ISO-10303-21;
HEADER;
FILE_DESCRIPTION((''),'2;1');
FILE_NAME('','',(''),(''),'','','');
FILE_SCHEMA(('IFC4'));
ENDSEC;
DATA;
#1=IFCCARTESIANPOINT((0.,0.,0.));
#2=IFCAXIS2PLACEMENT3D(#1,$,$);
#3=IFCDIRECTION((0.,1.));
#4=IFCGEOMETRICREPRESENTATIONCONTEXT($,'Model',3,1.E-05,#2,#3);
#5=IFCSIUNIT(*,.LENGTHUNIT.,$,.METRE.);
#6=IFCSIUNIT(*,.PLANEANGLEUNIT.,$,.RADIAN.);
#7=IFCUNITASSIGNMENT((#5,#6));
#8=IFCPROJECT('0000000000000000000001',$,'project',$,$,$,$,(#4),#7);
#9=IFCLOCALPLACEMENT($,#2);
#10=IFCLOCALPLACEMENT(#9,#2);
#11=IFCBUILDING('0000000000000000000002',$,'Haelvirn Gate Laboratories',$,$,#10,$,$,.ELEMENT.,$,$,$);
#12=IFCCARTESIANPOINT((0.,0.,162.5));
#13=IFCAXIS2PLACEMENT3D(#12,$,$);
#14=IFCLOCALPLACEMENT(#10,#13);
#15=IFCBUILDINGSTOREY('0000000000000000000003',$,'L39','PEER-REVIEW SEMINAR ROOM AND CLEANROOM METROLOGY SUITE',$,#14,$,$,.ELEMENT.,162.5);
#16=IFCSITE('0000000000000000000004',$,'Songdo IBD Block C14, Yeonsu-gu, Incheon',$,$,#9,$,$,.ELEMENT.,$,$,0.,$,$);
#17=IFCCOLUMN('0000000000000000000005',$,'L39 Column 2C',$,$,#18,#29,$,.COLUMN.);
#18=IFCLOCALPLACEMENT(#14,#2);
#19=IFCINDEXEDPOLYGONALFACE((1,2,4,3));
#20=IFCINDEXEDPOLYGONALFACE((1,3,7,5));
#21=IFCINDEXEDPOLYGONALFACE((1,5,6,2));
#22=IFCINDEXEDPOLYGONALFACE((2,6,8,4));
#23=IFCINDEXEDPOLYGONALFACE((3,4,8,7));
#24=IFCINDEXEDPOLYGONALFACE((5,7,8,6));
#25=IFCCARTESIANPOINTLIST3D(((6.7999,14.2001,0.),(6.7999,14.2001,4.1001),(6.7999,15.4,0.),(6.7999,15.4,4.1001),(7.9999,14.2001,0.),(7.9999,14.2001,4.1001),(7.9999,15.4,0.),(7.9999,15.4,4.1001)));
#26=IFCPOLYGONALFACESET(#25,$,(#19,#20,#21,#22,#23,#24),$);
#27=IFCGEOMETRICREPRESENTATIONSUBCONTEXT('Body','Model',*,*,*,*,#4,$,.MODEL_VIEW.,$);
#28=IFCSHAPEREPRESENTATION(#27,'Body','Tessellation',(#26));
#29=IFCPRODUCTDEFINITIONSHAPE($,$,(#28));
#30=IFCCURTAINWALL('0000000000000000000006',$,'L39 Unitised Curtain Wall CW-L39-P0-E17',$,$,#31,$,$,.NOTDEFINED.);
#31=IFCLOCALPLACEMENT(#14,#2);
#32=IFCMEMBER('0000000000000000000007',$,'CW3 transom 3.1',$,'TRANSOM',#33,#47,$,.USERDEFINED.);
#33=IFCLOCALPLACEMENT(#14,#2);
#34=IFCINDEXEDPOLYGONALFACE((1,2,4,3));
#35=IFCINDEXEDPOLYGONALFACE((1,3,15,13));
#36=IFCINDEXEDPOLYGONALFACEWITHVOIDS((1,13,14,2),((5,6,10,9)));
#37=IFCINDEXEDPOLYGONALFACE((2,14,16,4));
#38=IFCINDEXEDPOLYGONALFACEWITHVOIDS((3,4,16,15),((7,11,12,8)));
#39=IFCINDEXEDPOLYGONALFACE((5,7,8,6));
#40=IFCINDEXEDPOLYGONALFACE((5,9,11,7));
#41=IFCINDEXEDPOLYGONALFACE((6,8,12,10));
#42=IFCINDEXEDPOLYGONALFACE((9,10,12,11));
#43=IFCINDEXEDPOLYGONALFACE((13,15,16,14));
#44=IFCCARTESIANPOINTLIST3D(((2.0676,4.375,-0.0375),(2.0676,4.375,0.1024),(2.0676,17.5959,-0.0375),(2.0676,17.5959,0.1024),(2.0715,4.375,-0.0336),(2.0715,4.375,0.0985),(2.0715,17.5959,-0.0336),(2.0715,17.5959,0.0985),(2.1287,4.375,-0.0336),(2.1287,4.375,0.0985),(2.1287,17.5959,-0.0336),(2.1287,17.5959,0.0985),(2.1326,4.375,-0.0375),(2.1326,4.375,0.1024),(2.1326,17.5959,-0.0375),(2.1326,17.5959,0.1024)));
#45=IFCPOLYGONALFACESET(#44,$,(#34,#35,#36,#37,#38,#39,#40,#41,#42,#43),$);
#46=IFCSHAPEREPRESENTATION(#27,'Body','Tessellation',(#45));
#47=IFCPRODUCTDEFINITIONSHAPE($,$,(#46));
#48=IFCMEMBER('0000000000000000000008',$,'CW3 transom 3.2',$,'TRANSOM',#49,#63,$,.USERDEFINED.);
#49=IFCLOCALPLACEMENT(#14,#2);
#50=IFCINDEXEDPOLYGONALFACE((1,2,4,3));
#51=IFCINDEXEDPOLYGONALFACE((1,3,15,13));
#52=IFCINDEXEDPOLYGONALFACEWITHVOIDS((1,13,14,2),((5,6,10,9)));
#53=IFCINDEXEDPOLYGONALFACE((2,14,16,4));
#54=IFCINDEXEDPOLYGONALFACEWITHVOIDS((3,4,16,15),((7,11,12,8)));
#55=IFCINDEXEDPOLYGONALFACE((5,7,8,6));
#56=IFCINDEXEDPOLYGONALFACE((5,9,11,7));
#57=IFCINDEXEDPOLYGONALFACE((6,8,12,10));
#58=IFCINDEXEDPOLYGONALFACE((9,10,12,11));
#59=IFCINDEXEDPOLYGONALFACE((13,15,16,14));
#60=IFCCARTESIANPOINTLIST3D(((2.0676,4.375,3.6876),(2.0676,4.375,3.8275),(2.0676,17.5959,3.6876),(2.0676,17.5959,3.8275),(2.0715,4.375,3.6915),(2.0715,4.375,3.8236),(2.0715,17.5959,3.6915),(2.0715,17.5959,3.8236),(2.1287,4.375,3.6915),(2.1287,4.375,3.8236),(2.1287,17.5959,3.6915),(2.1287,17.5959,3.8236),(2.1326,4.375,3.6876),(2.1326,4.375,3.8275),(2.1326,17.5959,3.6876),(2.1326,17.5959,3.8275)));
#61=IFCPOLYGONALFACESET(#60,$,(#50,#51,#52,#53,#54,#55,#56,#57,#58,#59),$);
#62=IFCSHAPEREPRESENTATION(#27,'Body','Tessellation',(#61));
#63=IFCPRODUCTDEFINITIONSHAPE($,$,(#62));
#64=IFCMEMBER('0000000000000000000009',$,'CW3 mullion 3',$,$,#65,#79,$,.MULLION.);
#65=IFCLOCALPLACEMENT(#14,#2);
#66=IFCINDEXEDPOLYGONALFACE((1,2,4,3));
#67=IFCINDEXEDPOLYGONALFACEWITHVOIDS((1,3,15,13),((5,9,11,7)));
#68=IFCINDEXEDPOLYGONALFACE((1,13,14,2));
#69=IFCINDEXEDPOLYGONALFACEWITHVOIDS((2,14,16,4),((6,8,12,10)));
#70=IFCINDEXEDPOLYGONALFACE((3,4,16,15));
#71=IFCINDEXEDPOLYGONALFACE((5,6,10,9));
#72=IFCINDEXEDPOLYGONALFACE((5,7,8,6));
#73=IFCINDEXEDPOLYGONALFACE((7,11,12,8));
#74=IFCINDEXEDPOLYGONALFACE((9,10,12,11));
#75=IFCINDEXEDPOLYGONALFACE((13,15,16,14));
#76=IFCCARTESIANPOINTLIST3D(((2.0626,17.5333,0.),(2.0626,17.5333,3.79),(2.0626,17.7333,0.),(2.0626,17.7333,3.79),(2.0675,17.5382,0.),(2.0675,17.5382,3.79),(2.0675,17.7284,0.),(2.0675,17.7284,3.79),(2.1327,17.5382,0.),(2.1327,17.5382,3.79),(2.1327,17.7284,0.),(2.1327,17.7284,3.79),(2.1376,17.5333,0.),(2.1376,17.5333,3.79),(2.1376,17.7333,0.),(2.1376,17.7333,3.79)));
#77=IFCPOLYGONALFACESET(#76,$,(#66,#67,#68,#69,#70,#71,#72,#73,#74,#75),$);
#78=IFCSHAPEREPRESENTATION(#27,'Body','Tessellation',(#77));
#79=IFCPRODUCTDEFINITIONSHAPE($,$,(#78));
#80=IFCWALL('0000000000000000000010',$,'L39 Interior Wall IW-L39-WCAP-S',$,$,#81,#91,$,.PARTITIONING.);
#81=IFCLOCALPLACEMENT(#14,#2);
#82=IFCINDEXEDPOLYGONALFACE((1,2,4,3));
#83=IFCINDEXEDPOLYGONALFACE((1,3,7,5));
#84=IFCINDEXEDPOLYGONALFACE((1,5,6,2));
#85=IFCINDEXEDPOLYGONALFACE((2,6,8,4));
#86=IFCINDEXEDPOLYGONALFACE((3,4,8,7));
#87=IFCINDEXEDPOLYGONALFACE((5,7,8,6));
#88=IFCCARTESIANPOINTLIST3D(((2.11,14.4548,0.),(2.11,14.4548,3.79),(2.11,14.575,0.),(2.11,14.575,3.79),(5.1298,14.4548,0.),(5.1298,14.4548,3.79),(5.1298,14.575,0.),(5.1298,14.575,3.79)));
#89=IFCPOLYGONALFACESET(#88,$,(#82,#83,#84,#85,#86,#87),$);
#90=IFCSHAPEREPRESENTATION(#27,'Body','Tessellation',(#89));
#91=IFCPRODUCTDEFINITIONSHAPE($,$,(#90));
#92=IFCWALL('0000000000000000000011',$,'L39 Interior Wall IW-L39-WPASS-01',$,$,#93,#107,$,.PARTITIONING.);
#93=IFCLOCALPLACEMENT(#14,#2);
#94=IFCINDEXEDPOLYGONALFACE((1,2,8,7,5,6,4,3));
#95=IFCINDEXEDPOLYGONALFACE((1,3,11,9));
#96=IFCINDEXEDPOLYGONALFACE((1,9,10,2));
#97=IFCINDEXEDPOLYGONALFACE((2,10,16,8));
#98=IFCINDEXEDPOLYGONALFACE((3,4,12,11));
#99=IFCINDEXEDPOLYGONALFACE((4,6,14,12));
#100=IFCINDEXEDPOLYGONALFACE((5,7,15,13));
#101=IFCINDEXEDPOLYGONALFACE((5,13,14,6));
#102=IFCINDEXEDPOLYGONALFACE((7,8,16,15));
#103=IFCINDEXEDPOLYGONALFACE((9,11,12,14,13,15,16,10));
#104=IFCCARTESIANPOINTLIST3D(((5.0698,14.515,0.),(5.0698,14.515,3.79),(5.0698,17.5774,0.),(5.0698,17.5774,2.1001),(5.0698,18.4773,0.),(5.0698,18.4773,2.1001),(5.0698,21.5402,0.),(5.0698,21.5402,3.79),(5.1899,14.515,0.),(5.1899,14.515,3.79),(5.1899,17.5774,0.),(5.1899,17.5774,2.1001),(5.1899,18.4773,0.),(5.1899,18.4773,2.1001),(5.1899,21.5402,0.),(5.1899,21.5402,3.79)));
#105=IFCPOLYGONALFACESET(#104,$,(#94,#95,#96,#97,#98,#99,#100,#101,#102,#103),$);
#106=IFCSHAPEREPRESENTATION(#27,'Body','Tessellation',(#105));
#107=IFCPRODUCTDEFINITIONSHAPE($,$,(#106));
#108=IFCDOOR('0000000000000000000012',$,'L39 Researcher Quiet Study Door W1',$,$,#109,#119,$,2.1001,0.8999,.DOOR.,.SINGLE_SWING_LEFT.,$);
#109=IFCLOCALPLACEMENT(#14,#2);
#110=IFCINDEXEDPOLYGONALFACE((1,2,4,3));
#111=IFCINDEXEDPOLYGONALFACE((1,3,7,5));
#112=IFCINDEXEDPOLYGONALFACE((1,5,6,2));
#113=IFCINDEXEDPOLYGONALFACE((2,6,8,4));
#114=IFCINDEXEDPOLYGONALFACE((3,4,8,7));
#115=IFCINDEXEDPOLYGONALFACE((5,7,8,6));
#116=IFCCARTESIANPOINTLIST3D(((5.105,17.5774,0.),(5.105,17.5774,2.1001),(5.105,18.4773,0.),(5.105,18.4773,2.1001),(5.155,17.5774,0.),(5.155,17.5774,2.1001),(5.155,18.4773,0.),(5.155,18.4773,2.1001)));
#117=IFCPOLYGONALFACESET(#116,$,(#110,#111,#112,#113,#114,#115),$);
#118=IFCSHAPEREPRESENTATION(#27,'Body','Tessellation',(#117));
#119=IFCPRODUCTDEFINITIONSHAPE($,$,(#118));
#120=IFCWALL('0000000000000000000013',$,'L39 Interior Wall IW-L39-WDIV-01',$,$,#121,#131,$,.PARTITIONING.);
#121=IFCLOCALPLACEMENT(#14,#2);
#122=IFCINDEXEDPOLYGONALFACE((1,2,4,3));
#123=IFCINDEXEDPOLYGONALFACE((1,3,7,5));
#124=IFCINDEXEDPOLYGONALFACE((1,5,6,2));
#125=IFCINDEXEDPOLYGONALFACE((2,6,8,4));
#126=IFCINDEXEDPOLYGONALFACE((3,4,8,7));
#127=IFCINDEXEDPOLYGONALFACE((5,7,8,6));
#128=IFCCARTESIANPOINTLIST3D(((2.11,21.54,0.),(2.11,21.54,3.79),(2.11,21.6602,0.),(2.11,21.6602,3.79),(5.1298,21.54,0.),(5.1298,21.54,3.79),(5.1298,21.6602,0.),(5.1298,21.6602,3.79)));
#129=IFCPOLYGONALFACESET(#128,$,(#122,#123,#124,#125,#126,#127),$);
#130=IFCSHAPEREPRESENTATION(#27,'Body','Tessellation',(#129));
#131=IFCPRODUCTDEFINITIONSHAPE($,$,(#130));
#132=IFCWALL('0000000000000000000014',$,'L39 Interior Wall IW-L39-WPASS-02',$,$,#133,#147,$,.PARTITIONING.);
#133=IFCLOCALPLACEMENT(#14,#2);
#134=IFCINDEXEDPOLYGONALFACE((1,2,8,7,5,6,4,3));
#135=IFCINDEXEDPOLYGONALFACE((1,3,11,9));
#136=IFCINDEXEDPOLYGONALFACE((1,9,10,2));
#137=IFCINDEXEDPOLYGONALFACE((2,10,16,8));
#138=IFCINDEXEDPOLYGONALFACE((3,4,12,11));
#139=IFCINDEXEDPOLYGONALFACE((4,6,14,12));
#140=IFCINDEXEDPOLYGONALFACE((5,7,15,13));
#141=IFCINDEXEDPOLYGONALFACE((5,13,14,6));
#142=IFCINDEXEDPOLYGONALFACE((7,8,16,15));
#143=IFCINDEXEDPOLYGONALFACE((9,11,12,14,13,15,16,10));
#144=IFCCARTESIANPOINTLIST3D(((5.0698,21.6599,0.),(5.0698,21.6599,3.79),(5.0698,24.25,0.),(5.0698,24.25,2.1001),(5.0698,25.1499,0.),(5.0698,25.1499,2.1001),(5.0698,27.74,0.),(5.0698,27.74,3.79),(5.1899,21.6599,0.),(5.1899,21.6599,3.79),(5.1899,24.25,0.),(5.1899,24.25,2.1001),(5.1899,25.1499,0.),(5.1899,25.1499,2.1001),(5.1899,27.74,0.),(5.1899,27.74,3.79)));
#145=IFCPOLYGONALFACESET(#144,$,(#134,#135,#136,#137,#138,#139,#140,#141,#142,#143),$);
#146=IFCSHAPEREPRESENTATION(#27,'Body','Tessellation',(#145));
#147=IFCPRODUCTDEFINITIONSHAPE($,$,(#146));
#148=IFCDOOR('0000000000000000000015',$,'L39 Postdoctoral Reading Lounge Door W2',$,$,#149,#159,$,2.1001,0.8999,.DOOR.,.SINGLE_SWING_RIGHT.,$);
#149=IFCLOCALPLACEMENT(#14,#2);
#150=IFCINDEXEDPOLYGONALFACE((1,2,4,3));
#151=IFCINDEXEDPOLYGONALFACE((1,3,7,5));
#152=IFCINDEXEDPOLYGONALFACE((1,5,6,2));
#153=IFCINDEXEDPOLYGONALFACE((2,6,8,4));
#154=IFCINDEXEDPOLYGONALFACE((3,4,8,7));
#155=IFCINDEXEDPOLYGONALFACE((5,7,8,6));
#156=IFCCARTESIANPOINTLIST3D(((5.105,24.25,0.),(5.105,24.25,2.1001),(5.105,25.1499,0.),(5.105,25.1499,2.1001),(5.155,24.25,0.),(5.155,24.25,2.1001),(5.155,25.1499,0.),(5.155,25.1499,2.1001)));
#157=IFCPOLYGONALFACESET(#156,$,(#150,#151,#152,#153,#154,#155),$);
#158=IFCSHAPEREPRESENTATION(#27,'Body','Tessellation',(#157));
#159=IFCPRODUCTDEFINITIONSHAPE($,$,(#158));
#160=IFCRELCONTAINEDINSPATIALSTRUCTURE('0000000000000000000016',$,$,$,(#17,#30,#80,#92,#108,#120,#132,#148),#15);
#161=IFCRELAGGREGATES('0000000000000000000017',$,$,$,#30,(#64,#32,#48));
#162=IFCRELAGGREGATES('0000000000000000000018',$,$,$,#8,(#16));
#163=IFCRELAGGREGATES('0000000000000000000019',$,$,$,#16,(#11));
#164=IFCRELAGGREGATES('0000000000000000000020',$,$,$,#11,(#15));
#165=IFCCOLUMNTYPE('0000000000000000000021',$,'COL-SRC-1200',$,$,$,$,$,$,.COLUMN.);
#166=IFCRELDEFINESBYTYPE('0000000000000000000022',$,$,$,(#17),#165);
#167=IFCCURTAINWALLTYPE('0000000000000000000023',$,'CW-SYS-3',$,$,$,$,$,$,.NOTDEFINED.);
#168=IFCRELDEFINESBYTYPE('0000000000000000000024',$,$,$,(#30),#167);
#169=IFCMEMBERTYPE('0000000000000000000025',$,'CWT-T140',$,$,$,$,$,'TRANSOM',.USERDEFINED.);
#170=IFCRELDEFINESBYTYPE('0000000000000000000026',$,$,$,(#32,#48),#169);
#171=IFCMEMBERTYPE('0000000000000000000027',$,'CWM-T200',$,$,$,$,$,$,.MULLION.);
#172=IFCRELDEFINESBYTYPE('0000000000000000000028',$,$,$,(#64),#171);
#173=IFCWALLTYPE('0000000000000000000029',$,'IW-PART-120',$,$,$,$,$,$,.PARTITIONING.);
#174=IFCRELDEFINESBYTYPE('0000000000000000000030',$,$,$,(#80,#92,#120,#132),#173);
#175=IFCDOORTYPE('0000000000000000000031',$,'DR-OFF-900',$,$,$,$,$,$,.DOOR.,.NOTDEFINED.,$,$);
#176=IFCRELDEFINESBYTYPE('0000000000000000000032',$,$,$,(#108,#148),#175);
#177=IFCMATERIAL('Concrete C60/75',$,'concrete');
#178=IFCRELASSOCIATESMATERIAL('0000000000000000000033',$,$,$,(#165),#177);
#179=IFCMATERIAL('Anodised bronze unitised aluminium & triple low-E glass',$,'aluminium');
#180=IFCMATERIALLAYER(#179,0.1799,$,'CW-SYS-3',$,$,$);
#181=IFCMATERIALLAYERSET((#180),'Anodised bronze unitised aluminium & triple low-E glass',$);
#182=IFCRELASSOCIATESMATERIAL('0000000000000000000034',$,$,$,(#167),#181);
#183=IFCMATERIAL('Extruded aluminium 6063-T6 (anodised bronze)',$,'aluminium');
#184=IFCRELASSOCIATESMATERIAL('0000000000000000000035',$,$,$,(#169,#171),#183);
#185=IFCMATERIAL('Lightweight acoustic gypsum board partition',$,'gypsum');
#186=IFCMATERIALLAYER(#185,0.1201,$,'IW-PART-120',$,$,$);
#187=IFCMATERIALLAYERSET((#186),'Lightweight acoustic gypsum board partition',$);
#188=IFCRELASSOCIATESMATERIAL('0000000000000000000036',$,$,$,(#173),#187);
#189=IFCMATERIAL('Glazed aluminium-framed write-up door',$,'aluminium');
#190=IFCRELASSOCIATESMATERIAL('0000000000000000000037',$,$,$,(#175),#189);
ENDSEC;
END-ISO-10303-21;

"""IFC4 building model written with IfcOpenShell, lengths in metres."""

from ifc_helpers import new_model, si_unit, direction, frame, frame_2d, origin, origin_2d, place, context, subcontext, project, spatial, rectangle, hollow_rectangle, extrude, source, transform, mapped, material, layer, layer_set, material_profile, profile_set, type_object, type_shapes, element, fill, aggregate, save


model = new_model("IFC4")

# Units and contexts
model_context = context("Model", 3, precision=1e-05, world=origin(), true_north=direction((0.0, 1.0)))
body_context = subcontext(model_context, "Body", "Model", "MODEL_VIEW")
ifc_project = project(units=[si_unit("LENGTHUNIT", "METRE"), si_unit("PLANEANGLEUNIT", "RADIAN")], contexts=[model_context])

# Site, building, storey
site_placement = place(None, origin())
site = spatial("IfcSite", under=ifc_project, at=site_placement, Name="Songdo IBD Block C14, Yeonsu-gu, Incheon", CompositionType="ELEMENT", RefElevation=0.0)
building_placement = place(site_placement, origin())
building = spatial("IfcBuilding", under=site, at=building_placement, Name="Haelvirn Gate Laboratories", CompositionType="ELEMENT")
storey_placement = place(building_placement, frame((0.0, 0.0, 162.5)))
storey = spatial("IfcBuildingStorey", under=building, at=storey_placement, Name="L39", Description="PEER-REVIEW SEMINAR ROOM AND CLEANROOM METROLOGY SUITE", CompositionType="ELEMENT", Elevation=162.5)

# Column
ifc_material_1 = material(Name="Concrete C60/75", Category="concrete")
ifc_material_profile_1 = material_profile(ifc_material_1, rectangle(XDim=1.2, YDim=1.2, at=origin_2d()), Name="SRC-1200x1200")
ifc_profile_set_1 = profile_set([ifc_material_profile_1], Name="Concrete C60/75")
column_type = type_object("IfcColumnType", Name="COL-SRC-1200", PredefinedType="COLUMN", material=ifc_profile_set_1)
shared_shape_1 = source(origin(), body_context, "Body", "SweptSolid", [
    extrude(rectangle(XDim=1.2, YDim=1.2, at=origin_2d()), origin(), (0.0, 0.0, 1.0), 4.1001),
])
type_shapes(column_type, [shared_shape_1])
column_placement = place(storey_placement, frame((7.3999, 14.8, 0.0), z_axis=(0.0, 0.0, 1.0), x_axis=(1.0, 0.0, 0.0)))
element("IfcColumn", 1, at=column_placement, inside=storey, type_object=column_type, Name="L39 Column 2C", PredefinedType="COLUMN", context=body_context, shape_type="MappedRepresentation", body=[
    mapped(shared_shape_1, transform((0.0, 0.0, 0.0), scale=1.0)),
])

# Curtain wall, members
ifc_material_2 = material(Name="Anodised bronze unitised aluminium & triple low-E glass", Category="aluminium")
ifc_layer_1 = layer(ifc_material_2, 0.1799, Name="CW-SYS-3")
ifc_layer_set_1 = layer_set([ifc_layer_1], Name="Anodised bronze unitised aluminium & triple low-E glass")
curtain_wall_type = type_object("IfcCurtainWallType", Name="CW-SYS-3", PredefinedType="NOTDEFINED", material=ifc_layer_set_1)
curtain_wall_placement = place(storey_placement, origin())
curtain_wall = element("IfcCurtainWall", 2, at=curtain_wall_placement, inside=storey, type_object=curtain_wall_type, Name="L39 Unitised Curtain Wall CW-L39-P0-E17", PredefinedType="NOTDEFINED")
ifc_material_3 = material(Name="Extruded aluminium 6063-T6 (anodised bronze)", Category="aluminium")
ifc_material_profile_2 = material_profile(ifc_material_3, hollow_rectangle(XDim=0.0649, YDim=0.1399, WallThickness=0.0039, at=origin_2d()), Name="CWT-140x65x4")
ifc_profile_set_2 = profile_set([ifc_material_profile_2], Name="Extruded aluminium 6063-T6 (anodised bronze)")
member_type_1 = type_object("IfcMemberType", Name="CWT-T140", ElementType="TRANSOM", PredefinedType="USERDEFINED", material=ifc_profile_set_2)
shared_shape_2 = source(origin(), body_context, "Body", "SweptSolid", [
    extrude(hollow_rectangle(XDim=0.0649, YDim=0.1399, WallThickness=0.0039, at=origin_2d()), origin(), (0.0, 0.0, 1.0), 13.2209),
])
type_shapes(member_type_1, [shared_shape_2])
member_1_placement = place(storey_placement, frame((2.1001, 17.5959, 0.0325), z_axis=(0.0, -1.0, 0.0), x_axis=(1.0, 0.0, 0.0)))
member_1 = element("IfcMember", 3, at=member_1_placement, type_object=member_type_1, Name="CW3 transom 3.1", ObjectType="TRANSOM", PredefinedType="USERDEFINED", context=body_context, shape_type="MappedRepresentation", body=[
    mapped(shared_shape_2, transform((0.0, 0.0, 0.0), scale=1.0)),
])
member_2_placement = place(storey_placement, frame((2.1001, 17.5959, 3.7576), z_axis=(0.0, -1.0, 0.0), x_axis=(1.0, 0.0, 0.0)))
member_2 = element("IfcMember", 4, at=member_2_placement, type_object=member_type_1, Name="CW3 transom 3.2", ObjectType="TRANSOM", PredefinedType="USERDEFINED", context=body_context, shape_type="MappedRepresentation", body=[
    mapped(shared_shape_2, transform((0.0, 0.0, 0.0), scale=1.0)),
])
ifc_material_profile_3 = material_profile(ifc_material_3, hollow_rectangle(XDim=0.075, YDim=0.2, WallThickness=0.0049, at=origin_2d()), Name="CWM-200x75x5")
ifc_profile_set_3 = profile_set([ifc_material_profile_3], Name="Extruded aluminium 6063-T6 (anodised bronze)")
member_type_2 = type_object("IfcMemberType", Name="CWM-T200", PredefinedType="MULLION", material=ifc_profile_set_3)
shared_shape_3 = source(origin(), body_context, "Body", "SweptSolid", [
    extrude(hollow_rectangle(XDim=0.075, YDim=0.2, WallThickness=0.0049, at=origin_2d()), origin(), (0.0, 0.0, 1.0), 3.79),
])
type_shapes(member_type_2, [shared_shape_3])
member_3_placement = place(storey_placement, frame((2.1001, 17.6333, 0.0), z_axis=(0.0, 0.0, 1.0), x_axis=(1.0, 0.0, 0.0)))
member_3 = element("IfcMember", 5, at=member_3_placement, type_object=member_type_2, Name="CW3 mullion 3", PredefinedType="MULLION", context=body_context, shape_type="MappedRepresentation", body=[
    mapped(shared_shape_3, transform((0.0, 0.0, 0.0), scale=1.0)),
])
aggregate(curtain_wall, [member_3, member_1, member_2])

# Wall
ifc_material_4 = material(Name="Lightweight acoustic gypsum board partition", Category="gypsum")
ifc_layer_2 = layer(ifc_material_4, 0.1201, Name="IW-PART-120")
ifc_layer_set_2 = layer_set([ifc_layer_2], Name="Lightweight acoustic gypsum board partition")
wall_type_1 = type_object("IfcWallType", Name="IW-PART-120", PredefinedType="PARTITIONING", material=ifc_layer_set_2)
wall_1_placement = place(storey_placement, frame((2.1101, 14.5149, 0.0), z_axis=(0.0, 0.0, 1.0), x_axis=(1.0, 0.0, 0.0)))
element("IfcWall", 6, at=wall_1_placement, inside=storey, type_object=wall_type_1, Name="L39 Interior Wall IW-L39-WCAP-S", PredefinedType="PARTITIONING", context=body_context, shape_type="SweptSolid", body=[
    extrude(rectangle(XDim=3.0198, YDim=0.1201, at=frame_2d((1.5098, 0.0))), origin(), (0.0, 0.0, 1.0), 3.79),
])

# Wall, opening, door
wall_2_placement = place(storey_placement, frame((5.1299, 14.5149, 0.0), z_axis=(0.0, 0.0, 1.0), x_axis=(0.0, 1.0, 0.0)))
wall_2 = element("IfcWall", 7, at=wall_2_placement, inside=storey, type_object=wall_type_1, Name="L39 Interior Wall IW-L39-WPASS-01", PredefinedType="PARTITIONING", context=body_context, shape_type="SweptSolid", body=[
    extrude(rectangle(XDim=7.0251, YDim=0.1201, at=frame_2d((3.5127, 0.0))), origin(), (0.0, 0.0, 1.0), 3.79),
])
opening_1_placement = place(wall_2_placement, frame((3.0625, 0.0, 0.0)))
opening_1 = element("IfcOpeningElement", 8, at=opening_1_placement, cuts=wall_2, PredefinedType="OPENING", context=body_context, shape_type="SweptSolid", body=[
    extrude(rectangle(XDim=0.8999, YDim=2.1001, at=frame_2d((0.45, 1.05))), frame((0.0, 0.0701, 0.0), z_axis=(0.0, -1.0, 0.0), x_axis=(1.0, 0.0, 0.0)), (0.0, 0.0, 1.0), 0.1401),
])
ifc_material_5 = material(Name="Glazed aluminium-framed write-up door", Category="aluminium")
door_type_1 = type_object("IfcDoorType", Name="DR-OFF-900", OperationType="NOTDEFINED", PredefinedType="DOOR", material=ifc_material_5)
shared_shape_4 = source(origin(), body_context, "Body", "SweptSolid", [
    extrude(rectangle(XDim=0.8999, YDim=2.1001, at=frame_2d((0.45, 1.05))), frame((0.0, 0.0249, 0.0), z_axis=(0.0, -1.0, 0.0), x_axis=(1.0, 0.0, 0.0)), (0.0, 0.0, 1.0), 0.05),
])
type_shapes(door_type_1, [shared_shape_4])
door_1_placement = place(opening_1_placement, origin())
door_1 = element("IfcDoor", 9, at=door_1_placement, inside=storey, type_object=door_type_1, Name="L39 Researcher Quiet Study Door W1", OperationType="SINGLE_SWING_LEFT", OverallHeight=2.1001, OverallWidth=0.8999, PredefinedType="DOOR", context=body_context, shape_type="MappedRepresentation", body=[
    mapped(shared_shape_4, transform((0.0, 0.0, 0.0), scale=1.0)),
])
fill(opening_1, door_1)

# Wall
wall_3_placement = place(storey_placement, frame((2.1101, 21.6001, 0.0), z_axis=(0.0, 0.0, 1.0), x_axis=(1.0, 0.0, 0.0)))
element("IfcWall", 10, at=wall_3_placement, inside=storey, type_object=wall_type_1, Name="L39 Interior Wall IW-L39-WDIV-01", PredefinedType="PARTITIONING", context=body_context, shape_type="SweptSolid", body=[
    extrude(rectangle(XDim=3.0198, YDim=0.1201, at=frame_2d((1.5098, 0.0))), origin(), (0.0, 0.0, 1.0), 3.79),
])

# Wall, opening, door
wall_4_placement = place(storey_placement, frame((5.1299, 21.6599, 0.0), z_axis=(0.0, 0.0, 1.0), x_axis=(0.0, 1.0, 0.0)))
wall_4 = element("IfcWall", 11, at=wall_4_placement, inside=storey, type_object=wall_type_1, Name="L39 Interior Wall IW-L39-WPASS-02", PredefinedType="PARTITIONING", context=body_context, shape_type="SweptSolid", body=[
    extrude(rectangle(XDim=6.0801, YDim=0.1201, at=frame_2d((3.04, 0.0))), origin(), (0.0, 0.0, 1.0), 3.79),
])
opening_2_placement = place(wall_4_placement, frame((2.5901, 0.0, 0.0)))
opening_2 = element("IfcOpeningElement", 12, at=opening_2_placement, cuts=wall_4, PredefinedType="OPENING", context=body_context, shape_type="SweptSolid", body=[
    extrude(rectangle(XDim=0.8999, YDim=2.1001, at=frame_2d((0.45, 1.05))), frame((0.0, 0.0701, 0.0), z_axis=(0.0, -1.0, 0.0), x_axis=(1.0, 0.0, 0.0)), (0.0, 0.0, 1.0), 0.1401),
])
door_2_placement = place(opening_2_placement, origin())
door_2 = element("IfcDoor", 13, at=door_2_placement, inside=storey, type_object=door_type_1, Name="L39 Postdoctoral Reading Lounge Door W2", OperationType="SINGLE_SWING_RIGHT", OverallHeight=2.1001, OverallWidth=0.8999, PredefinedType="DOOR", context=body_context, shape_type="MappedRepresentation", body=[
    mapped(shared_shape_4, transform((0.0, 0.0, 0.0), scale=1.0)),
])
fill(opening_2, door_2)

save(model, "model.ifc")
